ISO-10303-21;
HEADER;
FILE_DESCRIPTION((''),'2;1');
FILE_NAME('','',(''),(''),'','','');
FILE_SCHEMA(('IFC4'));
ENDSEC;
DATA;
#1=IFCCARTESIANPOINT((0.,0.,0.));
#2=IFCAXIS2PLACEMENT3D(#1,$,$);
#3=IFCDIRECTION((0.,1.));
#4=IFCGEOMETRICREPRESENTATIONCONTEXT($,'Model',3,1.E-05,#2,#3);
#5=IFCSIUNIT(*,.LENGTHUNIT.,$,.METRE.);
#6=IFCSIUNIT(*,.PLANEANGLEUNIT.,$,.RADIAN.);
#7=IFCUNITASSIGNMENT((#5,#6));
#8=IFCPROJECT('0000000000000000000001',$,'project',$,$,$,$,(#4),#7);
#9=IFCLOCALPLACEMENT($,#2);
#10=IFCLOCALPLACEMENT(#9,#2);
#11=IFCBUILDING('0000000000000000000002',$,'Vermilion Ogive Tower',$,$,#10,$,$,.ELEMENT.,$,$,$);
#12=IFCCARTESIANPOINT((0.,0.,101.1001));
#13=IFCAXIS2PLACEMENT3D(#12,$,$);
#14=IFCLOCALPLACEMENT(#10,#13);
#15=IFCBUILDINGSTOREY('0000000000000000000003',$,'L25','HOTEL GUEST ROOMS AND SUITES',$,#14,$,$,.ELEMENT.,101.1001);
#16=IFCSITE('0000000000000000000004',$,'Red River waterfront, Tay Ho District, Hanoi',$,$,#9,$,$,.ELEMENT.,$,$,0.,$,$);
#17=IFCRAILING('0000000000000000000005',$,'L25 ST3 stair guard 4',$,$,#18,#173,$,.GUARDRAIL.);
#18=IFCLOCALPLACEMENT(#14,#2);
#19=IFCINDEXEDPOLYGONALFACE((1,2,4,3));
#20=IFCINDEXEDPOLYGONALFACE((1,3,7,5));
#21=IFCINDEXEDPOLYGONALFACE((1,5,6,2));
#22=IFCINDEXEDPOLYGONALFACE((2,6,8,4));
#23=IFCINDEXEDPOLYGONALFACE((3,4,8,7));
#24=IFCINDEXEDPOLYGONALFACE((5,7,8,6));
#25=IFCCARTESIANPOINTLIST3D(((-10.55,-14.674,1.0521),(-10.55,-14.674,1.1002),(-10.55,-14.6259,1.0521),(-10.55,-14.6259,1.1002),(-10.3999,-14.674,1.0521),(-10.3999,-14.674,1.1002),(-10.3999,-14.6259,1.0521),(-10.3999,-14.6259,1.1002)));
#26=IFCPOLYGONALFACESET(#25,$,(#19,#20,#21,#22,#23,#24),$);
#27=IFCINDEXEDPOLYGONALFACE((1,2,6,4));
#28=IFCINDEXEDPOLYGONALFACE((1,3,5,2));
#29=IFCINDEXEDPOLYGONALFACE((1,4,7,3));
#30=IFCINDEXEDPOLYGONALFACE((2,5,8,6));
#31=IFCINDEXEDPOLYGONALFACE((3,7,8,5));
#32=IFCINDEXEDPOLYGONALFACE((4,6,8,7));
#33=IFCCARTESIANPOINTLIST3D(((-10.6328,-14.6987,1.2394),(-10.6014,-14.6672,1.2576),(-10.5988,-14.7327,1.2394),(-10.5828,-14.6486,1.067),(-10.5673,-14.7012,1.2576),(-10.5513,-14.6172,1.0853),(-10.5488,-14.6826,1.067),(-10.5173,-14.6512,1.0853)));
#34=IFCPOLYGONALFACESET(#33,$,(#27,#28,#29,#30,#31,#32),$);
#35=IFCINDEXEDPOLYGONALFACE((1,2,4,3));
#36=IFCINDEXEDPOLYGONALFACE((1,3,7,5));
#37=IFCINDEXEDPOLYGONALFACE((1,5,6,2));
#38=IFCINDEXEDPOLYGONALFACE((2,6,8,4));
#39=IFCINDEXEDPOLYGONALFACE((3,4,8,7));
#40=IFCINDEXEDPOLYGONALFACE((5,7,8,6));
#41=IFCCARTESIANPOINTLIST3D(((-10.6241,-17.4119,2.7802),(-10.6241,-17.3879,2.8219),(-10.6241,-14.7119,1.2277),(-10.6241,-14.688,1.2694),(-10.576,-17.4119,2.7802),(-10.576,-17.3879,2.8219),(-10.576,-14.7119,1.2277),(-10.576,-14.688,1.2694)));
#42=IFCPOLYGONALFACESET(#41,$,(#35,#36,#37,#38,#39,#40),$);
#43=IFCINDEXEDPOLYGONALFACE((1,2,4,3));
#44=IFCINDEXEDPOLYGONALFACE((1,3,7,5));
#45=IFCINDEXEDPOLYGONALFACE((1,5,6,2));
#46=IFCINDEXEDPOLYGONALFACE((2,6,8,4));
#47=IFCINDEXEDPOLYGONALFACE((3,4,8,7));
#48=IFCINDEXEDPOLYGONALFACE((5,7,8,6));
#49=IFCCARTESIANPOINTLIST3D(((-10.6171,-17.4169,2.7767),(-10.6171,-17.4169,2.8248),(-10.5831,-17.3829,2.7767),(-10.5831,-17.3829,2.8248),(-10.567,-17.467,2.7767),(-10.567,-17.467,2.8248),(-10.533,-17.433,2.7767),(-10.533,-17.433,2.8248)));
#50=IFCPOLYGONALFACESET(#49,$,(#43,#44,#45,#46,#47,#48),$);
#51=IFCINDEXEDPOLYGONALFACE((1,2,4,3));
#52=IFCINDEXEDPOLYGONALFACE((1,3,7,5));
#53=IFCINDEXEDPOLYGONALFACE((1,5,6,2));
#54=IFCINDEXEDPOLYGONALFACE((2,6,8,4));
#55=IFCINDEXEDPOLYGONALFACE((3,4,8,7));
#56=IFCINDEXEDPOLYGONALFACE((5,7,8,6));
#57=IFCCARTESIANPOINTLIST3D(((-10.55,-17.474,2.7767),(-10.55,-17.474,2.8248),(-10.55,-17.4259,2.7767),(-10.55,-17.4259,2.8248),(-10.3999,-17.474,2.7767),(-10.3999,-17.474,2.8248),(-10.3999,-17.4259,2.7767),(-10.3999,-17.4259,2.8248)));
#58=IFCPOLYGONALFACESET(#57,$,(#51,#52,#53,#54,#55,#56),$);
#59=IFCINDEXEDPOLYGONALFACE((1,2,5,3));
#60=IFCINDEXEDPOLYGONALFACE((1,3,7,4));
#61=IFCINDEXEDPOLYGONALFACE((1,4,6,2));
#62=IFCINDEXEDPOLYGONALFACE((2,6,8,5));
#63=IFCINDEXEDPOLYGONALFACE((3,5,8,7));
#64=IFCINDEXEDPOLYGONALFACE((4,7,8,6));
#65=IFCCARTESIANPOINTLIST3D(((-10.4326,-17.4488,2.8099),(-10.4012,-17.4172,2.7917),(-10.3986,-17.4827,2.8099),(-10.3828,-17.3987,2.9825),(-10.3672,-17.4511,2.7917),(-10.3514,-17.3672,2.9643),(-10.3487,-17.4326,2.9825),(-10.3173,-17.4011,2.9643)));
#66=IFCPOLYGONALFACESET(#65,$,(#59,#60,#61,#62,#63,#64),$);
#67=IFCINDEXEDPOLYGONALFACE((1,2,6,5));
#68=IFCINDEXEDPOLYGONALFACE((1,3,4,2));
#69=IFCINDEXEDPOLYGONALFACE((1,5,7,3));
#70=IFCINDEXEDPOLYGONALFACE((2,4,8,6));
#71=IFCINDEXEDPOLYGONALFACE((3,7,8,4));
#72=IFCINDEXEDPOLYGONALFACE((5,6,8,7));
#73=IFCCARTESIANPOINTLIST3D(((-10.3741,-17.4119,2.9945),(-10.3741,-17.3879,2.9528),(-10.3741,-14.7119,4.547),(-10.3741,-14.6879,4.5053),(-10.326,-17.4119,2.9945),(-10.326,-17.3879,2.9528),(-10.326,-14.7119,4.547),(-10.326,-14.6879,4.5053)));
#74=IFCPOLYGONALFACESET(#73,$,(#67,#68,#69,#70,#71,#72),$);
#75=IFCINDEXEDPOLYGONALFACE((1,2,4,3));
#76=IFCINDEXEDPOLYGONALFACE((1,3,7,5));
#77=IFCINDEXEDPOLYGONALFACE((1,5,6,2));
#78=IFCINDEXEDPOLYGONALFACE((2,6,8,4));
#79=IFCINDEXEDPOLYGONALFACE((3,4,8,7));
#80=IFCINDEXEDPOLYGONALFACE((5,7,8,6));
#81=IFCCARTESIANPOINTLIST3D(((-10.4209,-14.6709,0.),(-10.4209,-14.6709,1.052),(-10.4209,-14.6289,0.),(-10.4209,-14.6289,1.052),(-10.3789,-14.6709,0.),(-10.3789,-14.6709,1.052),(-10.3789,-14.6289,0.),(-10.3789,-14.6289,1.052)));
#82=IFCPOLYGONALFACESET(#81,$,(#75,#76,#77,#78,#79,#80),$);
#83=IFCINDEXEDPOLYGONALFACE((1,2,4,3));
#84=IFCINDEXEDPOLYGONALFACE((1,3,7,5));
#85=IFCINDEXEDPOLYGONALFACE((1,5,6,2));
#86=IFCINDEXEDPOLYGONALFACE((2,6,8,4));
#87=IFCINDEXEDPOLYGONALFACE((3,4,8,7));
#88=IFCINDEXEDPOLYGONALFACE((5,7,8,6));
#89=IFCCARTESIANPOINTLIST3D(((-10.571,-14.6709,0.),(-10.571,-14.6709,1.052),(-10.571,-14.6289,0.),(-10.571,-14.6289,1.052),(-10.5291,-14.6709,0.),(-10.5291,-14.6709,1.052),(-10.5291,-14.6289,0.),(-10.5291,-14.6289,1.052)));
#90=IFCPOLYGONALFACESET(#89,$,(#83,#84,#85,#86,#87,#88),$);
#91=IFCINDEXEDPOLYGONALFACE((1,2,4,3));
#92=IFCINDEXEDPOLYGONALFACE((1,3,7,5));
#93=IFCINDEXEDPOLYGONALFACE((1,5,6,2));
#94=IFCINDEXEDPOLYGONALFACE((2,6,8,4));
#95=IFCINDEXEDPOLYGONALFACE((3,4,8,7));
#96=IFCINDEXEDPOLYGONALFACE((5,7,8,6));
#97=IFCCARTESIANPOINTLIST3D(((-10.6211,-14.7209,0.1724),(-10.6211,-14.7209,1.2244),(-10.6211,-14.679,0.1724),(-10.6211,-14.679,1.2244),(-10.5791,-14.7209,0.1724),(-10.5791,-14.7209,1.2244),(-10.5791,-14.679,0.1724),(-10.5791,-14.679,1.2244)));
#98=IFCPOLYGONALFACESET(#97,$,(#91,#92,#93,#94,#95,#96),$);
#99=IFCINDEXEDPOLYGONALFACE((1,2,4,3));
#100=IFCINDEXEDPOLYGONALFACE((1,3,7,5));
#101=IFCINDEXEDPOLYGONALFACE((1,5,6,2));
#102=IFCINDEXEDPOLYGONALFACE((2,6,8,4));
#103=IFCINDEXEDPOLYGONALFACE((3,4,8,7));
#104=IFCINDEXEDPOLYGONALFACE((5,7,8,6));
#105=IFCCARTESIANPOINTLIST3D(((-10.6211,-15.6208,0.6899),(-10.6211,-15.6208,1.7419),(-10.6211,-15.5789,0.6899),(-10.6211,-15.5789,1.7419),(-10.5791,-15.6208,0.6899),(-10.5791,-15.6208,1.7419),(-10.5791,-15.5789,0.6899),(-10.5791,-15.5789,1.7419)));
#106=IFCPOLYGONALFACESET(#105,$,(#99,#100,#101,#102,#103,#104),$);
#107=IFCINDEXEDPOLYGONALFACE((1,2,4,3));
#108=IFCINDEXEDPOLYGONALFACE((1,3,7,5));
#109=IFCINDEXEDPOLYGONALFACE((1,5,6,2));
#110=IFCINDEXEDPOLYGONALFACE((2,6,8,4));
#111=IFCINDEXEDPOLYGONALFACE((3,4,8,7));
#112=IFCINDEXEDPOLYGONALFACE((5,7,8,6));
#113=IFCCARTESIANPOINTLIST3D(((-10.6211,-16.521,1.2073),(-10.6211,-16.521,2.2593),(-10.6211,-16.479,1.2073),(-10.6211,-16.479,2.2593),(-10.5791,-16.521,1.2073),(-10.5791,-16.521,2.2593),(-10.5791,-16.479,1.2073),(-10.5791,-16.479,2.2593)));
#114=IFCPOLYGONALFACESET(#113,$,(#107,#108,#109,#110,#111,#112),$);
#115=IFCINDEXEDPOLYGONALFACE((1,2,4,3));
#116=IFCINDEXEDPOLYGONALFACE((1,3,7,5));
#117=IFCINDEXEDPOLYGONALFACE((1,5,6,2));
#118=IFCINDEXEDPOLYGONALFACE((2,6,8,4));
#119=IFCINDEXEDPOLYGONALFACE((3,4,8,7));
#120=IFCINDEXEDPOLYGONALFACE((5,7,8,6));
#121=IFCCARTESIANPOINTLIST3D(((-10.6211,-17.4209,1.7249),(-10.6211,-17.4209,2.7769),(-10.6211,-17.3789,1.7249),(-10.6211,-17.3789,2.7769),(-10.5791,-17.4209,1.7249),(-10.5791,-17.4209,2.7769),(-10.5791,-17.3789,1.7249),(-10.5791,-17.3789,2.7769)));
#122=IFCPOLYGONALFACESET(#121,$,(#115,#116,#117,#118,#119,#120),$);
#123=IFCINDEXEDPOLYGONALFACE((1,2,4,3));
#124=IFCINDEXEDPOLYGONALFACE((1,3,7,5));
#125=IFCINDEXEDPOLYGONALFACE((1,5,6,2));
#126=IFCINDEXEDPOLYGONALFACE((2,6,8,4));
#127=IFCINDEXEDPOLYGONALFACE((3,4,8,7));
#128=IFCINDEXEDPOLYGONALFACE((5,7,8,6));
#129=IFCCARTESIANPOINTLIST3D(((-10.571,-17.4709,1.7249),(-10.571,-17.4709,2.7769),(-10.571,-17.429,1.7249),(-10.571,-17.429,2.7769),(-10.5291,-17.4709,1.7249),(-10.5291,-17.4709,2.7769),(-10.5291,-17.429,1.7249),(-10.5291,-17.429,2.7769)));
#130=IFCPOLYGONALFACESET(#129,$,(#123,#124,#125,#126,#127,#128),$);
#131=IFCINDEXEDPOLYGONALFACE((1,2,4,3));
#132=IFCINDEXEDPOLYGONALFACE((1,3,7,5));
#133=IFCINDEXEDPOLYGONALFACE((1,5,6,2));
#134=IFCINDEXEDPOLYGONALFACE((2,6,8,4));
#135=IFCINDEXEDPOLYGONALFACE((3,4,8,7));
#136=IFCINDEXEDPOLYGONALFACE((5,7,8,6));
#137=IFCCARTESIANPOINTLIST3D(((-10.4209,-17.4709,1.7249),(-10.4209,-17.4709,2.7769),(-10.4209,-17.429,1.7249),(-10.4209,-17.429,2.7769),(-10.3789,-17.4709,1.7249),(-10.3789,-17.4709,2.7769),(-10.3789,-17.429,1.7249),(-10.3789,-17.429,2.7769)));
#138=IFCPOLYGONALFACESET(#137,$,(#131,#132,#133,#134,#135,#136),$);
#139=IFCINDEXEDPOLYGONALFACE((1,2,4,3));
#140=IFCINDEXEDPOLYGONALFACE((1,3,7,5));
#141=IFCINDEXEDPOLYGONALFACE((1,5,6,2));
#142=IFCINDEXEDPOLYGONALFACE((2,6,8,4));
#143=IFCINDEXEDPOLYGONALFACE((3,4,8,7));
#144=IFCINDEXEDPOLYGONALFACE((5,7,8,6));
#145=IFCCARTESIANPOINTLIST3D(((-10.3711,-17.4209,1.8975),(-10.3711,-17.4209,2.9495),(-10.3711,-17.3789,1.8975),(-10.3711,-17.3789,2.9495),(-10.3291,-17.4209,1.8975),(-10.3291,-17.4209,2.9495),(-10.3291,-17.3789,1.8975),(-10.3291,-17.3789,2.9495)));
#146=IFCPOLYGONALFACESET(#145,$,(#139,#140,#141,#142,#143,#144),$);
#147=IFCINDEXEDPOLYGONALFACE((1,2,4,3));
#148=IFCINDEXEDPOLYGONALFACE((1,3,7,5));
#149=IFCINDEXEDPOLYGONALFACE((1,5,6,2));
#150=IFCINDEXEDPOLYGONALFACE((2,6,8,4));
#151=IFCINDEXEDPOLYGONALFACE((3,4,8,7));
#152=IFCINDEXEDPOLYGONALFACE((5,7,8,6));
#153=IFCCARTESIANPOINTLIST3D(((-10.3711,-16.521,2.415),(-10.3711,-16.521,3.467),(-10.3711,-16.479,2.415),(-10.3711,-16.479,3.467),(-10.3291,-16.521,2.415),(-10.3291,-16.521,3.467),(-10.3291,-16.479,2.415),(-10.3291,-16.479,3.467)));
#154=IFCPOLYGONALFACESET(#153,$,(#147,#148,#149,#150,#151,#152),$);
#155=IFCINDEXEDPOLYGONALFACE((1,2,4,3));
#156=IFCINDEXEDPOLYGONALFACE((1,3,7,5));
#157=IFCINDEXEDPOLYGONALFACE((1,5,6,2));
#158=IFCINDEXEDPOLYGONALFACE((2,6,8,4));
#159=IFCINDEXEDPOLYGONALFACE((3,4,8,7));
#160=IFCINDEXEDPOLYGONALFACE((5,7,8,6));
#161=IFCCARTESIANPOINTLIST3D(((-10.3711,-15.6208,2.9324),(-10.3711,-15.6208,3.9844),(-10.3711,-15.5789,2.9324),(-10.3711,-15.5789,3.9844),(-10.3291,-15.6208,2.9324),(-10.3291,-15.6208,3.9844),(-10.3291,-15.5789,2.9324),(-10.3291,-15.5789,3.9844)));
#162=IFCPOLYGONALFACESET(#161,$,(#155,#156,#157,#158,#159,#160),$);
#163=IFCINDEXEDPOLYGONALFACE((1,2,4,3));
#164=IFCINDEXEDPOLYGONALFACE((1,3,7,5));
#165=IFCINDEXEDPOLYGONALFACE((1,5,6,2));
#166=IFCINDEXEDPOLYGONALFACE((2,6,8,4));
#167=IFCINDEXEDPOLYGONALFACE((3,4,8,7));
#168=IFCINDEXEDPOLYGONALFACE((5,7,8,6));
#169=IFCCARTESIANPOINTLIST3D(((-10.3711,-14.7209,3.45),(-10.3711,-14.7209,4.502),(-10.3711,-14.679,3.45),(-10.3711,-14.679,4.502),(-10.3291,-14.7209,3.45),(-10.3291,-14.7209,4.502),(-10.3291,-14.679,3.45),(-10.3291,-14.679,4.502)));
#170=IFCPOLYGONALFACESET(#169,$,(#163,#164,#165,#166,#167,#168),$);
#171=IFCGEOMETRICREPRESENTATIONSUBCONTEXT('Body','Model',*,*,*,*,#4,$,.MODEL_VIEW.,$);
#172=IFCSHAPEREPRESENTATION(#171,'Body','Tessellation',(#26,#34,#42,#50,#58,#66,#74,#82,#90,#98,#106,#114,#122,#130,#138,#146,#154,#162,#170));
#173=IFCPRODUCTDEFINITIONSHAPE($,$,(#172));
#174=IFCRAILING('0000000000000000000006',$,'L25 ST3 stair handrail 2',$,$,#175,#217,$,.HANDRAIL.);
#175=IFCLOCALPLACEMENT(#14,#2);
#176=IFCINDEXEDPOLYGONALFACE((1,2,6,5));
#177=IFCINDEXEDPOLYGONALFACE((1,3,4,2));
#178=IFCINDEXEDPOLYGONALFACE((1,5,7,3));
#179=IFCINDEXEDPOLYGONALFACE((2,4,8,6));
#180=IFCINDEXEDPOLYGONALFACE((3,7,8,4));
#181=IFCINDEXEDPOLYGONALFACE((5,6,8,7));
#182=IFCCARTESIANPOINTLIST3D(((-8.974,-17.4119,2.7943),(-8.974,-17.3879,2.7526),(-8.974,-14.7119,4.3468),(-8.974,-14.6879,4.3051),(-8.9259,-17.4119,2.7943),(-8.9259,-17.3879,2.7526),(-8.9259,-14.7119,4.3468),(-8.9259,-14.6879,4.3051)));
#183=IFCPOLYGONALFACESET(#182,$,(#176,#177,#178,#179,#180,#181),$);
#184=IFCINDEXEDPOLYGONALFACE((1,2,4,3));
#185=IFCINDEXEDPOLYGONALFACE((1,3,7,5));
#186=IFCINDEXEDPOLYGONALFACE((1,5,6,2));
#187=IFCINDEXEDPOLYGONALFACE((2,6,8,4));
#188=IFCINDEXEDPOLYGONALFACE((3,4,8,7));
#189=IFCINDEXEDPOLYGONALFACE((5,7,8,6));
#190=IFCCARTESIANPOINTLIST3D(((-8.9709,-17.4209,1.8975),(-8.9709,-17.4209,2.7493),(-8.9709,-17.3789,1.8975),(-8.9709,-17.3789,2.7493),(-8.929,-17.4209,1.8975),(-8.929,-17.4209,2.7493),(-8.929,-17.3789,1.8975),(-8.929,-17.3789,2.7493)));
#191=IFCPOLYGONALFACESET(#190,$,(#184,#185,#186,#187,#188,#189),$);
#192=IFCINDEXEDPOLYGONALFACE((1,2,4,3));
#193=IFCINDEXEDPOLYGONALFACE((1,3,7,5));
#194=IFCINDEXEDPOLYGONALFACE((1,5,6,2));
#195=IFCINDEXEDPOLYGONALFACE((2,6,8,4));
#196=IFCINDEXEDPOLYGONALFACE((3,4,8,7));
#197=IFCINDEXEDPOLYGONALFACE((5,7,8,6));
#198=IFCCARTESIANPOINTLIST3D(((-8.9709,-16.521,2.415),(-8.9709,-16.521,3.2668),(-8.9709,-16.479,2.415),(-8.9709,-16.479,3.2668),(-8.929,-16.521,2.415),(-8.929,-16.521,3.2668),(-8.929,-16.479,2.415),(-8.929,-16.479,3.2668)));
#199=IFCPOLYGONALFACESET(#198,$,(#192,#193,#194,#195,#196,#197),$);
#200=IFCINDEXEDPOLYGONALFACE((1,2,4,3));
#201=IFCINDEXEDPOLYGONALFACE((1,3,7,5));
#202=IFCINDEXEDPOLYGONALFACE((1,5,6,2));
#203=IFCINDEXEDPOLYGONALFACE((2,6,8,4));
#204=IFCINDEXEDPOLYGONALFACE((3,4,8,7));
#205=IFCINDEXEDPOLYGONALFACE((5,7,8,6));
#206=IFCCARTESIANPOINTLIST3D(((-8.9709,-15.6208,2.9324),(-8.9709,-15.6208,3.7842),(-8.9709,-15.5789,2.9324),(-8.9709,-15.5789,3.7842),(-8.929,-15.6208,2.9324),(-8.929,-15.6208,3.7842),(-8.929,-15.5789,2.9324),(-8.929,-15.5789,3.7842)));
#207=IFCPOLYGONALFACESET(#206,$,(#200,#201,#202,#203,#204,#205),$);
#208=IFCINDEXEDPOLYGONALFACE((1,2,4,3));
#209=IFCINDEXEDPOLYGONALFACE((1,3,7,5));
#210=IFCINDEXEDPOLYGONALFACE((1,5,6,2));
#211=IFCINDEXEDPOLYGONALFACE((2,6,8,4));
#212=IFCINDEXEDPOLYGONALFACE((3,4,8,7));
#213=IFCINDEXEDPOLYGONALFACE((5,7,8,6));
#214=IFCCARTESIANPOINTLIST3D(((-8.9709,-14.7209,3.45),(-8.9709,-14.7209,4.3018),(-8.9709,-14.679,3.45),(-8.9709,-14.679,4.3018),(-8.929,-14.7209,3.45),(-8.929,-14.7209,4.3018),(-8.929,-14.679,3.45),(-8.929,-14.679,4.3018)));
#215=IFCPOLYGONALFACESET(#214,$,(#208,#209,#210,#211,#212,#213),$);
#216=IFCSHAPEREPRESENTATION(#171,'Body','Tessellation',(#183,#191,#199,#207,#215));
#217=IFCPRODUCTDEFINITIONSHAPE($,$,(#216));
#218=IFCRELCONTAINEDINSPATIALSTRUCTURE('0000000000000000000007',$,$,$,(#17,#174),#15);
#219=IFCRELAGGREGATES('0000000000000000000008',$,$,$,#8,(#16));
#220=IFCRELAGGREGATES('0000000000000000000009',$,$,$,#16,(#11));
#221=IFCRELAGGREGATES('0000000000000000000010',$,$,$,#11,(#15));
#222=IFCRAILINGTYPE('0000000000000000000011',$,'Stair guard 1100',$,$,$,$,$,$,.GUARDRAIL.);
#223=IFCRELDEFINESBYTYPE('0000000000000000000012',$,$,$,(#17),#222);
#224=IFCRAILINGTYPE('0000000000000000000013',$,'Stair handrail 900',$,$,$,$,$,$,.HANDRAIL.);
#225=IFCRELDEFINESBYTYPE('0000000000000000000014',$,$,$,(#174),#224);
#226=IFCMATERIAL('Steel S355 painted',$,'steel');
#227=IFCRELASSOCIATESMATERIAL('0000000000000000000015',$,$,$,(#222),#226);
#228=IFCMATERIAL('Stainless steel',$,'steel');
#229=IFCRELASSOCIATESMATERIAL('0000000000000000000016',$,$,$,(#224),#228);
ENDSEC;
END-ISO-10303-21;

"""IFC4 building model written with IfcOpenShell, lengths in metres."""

from ifc_helpers import new_model, si_unit, direction, frame, origin, origin_2d, place, context, subcontext, project, spatial, rectangle, extrude, material, type_object, element, save


model = new_model("IFC4")

# Units and contexts
model_context = context("Model", 3, precision=1e-05, world=origin(), true_north=direction((0.0, 1.0)))
body_context = subcontext(model_context, "Body", "Model", "MODEL_VIEW")
ifc_project = project(units=[si_unit("LENGTHUNIT", "METRE"), si_unit("PLANEANGLEUNIT", "RADIAN")], contexts=[model_context])

# Site, building, storey
site_placement = place(None, origin())
site = spatial("IfcSite", under=ifc_project, at=site_placement, Name="Red River waterfront, Tay Ho District, Hanoi", CompositionType="ELEMENT", RefElevation=0.0)
building_placement = place(site_placement, origin())
building = spatial("IfcBuilding", under=site, at=building_placement, Name="Vermilion Ogive Tower", CompositionType="ELEMENT")
storey_placement = place(building_placement, frame((0.0, 0.0, 101.1001)))
storey = spatial("IfcBuildingStorey", under=building, at=storey_placement, Name="L25", Description="HOTEL GUEST ROOMS AND SUITES", CompositionType="ELEMENT", Elevation=101.1001)

# Railings
ifc_material_1 = material(Name="Steel S355 painted", Category="steel")
railing_type_1 = type_object("IfcRailingType", Name="Stair guard 1100", PredefinedType="GUARDRAIL", material=ifc_material_1)
railing_1_placement = place(storey_placement, frame((-10.3999, -14.6499, 0.0)))
element("IfcRailing", 1, at=railing_1_placement, inside=storey, type_object=railing_type_1, Name="L25 ST3 stair guard 4", PredefinedType="GUARDRAIL", context=body_context, shape_type="SweptSolid", body=[
    extrude(rectangle(XDim=0.0481, YDim=0.0481, at=origin_2d()), frame((0.0, 0.0, 1.0762), z_axis=(-1.0, 0.0, 0.0), x_axis=(0.0, -1.0, 0.0)), (0.0, 0.0, 1.0), 0.1501),
    extrude(rectangle(XDim=0.0481, YDim=0.0481, at=origin_2d()), frame((-0.1501, 0.0, 1.0762), z_axis=(-0.268603, -0.268603, 0.925043), x_axis=(0.707107, -0.707107, 0.0)), (0.0, 0.0, 1.0), 0.1863),
    extrude(rectangle(XDim=0.0481, YDim=0.0481, at=origin_2d()), frame((-0.2002, -0.05, 1.2485), z_axis=(0.0, -0.866904, 0.498476), x_axis=(1.0, 0.0, 0.0)), (0.0, 0.0, 1.0), 3.1145),
    extrude(rectangle(XDim=0.0481, YDim=0.0481, at=origin_2d()), frame((-0.2002, -2.75, 2.8008), z_axis=(0.707107, -0.707107, 0.0), x_axis=(0.707107, 0.707107, 0.0)), (0.0, 0.0, 1.0), 0.0708),
    extrude(rectangle(XDim=0.0481, YDim=0.0481, at=origin_2d()), frame((-0.1501, -2.8, 2.8008), z_axis=(1.0, 0.0, 0.0), x_axis=(0.0, 1.0, 0.0)), (0.0, 0.0, 1.0), 0.1501),
    extrude(rectangle(XDim=0.0481, YDim=0.0481, at=origin_2d()), frame((0.0, -2.8, 2.8008), z_axis=(0.267063, 0.268372, 0.925556), x_axis=(-0.708834, 0.705376, 0.0)), (0.0, 0.0, 1.0), 0.1865),
    extrude(rectangle(XDim=0.0481, YDim=0.0481, at=origin_2d()), frame((0.0498, -2.75, 2.9736), z_axis=(0.0, 0.866904, 0.498476), x_axis=(-1.0, 0.0, 0.0)), (0.0, 0.0, 1.0), 3.1145),
    extrude(rectangle(XDim=0.042, YDim=0.042, at=origin_2d()), origin(), (0.0, 0.0, 1.0), 1.052),
    extrude(rectangle(XDim=0.042, YDim=0.042, at=origin_2d()), frame((-0.1501, 0.0, 0.0)), (0.0, 0.0, 1.0), 1.052),
    extrude(rectangle(XDim=0.042, YDim=0.042, at=origin_2d()), frame((-0.2002, -0.05, 0.1724)), (0.0, 0.0, 1.0), 1.052),
    extrude(rectangle(XDim=0.042, YDim=0.042, at=origin_2d()), frame((-0.2002, -0.95, 0.6899)), (0.0, 0.0, 1.0), 1.052),
    extrude(rectangle(XDim=0.042, YDim=0.042, at=origin_2d()), frame((-0.2002, -1.8501, 1.2073)), (0.0, 0.0, 1.0), 1.052),
    extrude(rectangle(XDim=0.042, YDim=0.042, at=origin_2d()), frame((-0.2002, -2.75, 1.7249)), (0.0, 0.0, 1.0), 1.052),
    extrude(rectangle(XDim=0.042, YDim=0.042, at=origin_2d()), frame((-0.1501, -2.8, 1.7249)), (0.0, 0.0, 1.0), 1.052),
    extrude(rectangle(XDim=0.042, YDim=0.042, at=origin_2d()), frame((0.0, -2.8, 1.7249)), (0.0, 0.0, 1.0), 1.052),
    extrude(rectangle(XDim=0.042, YDim=0.042, at=origin_2d()), frame((0.0498, -2.75, 1.8975)), (0.0, 0.0, 1.0), 1.052),
    extrude(rectangle(XDim=0.042, YDim=0.042, at=origin_2d()), frame((0.0498, -1.8501, 2.415)), (0.0, 0.0, 1.0), 1.052),
    extrude(rectangle(XDim=0.042, YDim=0.042, at=origin_2d()), frame((0.0498, -0.95, 2.9324)), (0.0, 0.0, 1.0), 1.052),
    extrude(rectangle(XDim=0.042, YDim=0.042, at=origin_2d()), frame((0.0498, -0.05, 3.45)), (0.0, 0.0, 1.0), 1.052),
])
ifc_material_2 = material(Name="Stainless steel", Category="steel")
railing_type_2 = type_object("IfcRailingType", Name="Stair handrail 900", PredefinedType="HANDRAIL", material=ifc_material_2)
railing_2_placement = place(storey_placement, frame((-8.95, -17.3999, 1.8975)))
element("IfcRailing", 2, at=railing_2_placement, inside=storey, type_object=railing_type_2, Name="L25 ST3 stair handrail 2", PredefinedType="HANDRAIL", context=body_context, shape_type="SweptSolid", body=[
    extrude(rectangle(XDim=0.0481, YDim=0.0481, at=origin_2d()), frame((0.0, 0.0, 0.876), z_axis=(0.0, 0.866904, 0.498476), x_axis=(-1.0, 0.0, 0.0)), (0.0, 0.0, 1.0), 3.1145),
    extrude(rectangle(XDim=0.042, YDim=0.042, at=origin_2d()), origin(), (0.0, 0.0, 1.0), 0.8518),
    extrude(rectangle(XDim=0.042, YDim=0.042, at=origin_2d()), frame((0.0, 0.8999, 0.5176)), (0.0, 0.0, 1.0), 0.8518),
    extrude(rectangle(XDim=0.042, YDim=0.042, at=origin_2d()), frame((0.0, 1.8, 1.0349)), (0.0, 0.0, 1.0), 0.8518),
    extrude(rectangle(XDim=0.042, YDim=0.042, at=origin_2d()), frame((0.0, 2.7, 1.5525)), (0.0, 0.0, 1.0), 0.8518),
])

save(model, "model.ifc")
